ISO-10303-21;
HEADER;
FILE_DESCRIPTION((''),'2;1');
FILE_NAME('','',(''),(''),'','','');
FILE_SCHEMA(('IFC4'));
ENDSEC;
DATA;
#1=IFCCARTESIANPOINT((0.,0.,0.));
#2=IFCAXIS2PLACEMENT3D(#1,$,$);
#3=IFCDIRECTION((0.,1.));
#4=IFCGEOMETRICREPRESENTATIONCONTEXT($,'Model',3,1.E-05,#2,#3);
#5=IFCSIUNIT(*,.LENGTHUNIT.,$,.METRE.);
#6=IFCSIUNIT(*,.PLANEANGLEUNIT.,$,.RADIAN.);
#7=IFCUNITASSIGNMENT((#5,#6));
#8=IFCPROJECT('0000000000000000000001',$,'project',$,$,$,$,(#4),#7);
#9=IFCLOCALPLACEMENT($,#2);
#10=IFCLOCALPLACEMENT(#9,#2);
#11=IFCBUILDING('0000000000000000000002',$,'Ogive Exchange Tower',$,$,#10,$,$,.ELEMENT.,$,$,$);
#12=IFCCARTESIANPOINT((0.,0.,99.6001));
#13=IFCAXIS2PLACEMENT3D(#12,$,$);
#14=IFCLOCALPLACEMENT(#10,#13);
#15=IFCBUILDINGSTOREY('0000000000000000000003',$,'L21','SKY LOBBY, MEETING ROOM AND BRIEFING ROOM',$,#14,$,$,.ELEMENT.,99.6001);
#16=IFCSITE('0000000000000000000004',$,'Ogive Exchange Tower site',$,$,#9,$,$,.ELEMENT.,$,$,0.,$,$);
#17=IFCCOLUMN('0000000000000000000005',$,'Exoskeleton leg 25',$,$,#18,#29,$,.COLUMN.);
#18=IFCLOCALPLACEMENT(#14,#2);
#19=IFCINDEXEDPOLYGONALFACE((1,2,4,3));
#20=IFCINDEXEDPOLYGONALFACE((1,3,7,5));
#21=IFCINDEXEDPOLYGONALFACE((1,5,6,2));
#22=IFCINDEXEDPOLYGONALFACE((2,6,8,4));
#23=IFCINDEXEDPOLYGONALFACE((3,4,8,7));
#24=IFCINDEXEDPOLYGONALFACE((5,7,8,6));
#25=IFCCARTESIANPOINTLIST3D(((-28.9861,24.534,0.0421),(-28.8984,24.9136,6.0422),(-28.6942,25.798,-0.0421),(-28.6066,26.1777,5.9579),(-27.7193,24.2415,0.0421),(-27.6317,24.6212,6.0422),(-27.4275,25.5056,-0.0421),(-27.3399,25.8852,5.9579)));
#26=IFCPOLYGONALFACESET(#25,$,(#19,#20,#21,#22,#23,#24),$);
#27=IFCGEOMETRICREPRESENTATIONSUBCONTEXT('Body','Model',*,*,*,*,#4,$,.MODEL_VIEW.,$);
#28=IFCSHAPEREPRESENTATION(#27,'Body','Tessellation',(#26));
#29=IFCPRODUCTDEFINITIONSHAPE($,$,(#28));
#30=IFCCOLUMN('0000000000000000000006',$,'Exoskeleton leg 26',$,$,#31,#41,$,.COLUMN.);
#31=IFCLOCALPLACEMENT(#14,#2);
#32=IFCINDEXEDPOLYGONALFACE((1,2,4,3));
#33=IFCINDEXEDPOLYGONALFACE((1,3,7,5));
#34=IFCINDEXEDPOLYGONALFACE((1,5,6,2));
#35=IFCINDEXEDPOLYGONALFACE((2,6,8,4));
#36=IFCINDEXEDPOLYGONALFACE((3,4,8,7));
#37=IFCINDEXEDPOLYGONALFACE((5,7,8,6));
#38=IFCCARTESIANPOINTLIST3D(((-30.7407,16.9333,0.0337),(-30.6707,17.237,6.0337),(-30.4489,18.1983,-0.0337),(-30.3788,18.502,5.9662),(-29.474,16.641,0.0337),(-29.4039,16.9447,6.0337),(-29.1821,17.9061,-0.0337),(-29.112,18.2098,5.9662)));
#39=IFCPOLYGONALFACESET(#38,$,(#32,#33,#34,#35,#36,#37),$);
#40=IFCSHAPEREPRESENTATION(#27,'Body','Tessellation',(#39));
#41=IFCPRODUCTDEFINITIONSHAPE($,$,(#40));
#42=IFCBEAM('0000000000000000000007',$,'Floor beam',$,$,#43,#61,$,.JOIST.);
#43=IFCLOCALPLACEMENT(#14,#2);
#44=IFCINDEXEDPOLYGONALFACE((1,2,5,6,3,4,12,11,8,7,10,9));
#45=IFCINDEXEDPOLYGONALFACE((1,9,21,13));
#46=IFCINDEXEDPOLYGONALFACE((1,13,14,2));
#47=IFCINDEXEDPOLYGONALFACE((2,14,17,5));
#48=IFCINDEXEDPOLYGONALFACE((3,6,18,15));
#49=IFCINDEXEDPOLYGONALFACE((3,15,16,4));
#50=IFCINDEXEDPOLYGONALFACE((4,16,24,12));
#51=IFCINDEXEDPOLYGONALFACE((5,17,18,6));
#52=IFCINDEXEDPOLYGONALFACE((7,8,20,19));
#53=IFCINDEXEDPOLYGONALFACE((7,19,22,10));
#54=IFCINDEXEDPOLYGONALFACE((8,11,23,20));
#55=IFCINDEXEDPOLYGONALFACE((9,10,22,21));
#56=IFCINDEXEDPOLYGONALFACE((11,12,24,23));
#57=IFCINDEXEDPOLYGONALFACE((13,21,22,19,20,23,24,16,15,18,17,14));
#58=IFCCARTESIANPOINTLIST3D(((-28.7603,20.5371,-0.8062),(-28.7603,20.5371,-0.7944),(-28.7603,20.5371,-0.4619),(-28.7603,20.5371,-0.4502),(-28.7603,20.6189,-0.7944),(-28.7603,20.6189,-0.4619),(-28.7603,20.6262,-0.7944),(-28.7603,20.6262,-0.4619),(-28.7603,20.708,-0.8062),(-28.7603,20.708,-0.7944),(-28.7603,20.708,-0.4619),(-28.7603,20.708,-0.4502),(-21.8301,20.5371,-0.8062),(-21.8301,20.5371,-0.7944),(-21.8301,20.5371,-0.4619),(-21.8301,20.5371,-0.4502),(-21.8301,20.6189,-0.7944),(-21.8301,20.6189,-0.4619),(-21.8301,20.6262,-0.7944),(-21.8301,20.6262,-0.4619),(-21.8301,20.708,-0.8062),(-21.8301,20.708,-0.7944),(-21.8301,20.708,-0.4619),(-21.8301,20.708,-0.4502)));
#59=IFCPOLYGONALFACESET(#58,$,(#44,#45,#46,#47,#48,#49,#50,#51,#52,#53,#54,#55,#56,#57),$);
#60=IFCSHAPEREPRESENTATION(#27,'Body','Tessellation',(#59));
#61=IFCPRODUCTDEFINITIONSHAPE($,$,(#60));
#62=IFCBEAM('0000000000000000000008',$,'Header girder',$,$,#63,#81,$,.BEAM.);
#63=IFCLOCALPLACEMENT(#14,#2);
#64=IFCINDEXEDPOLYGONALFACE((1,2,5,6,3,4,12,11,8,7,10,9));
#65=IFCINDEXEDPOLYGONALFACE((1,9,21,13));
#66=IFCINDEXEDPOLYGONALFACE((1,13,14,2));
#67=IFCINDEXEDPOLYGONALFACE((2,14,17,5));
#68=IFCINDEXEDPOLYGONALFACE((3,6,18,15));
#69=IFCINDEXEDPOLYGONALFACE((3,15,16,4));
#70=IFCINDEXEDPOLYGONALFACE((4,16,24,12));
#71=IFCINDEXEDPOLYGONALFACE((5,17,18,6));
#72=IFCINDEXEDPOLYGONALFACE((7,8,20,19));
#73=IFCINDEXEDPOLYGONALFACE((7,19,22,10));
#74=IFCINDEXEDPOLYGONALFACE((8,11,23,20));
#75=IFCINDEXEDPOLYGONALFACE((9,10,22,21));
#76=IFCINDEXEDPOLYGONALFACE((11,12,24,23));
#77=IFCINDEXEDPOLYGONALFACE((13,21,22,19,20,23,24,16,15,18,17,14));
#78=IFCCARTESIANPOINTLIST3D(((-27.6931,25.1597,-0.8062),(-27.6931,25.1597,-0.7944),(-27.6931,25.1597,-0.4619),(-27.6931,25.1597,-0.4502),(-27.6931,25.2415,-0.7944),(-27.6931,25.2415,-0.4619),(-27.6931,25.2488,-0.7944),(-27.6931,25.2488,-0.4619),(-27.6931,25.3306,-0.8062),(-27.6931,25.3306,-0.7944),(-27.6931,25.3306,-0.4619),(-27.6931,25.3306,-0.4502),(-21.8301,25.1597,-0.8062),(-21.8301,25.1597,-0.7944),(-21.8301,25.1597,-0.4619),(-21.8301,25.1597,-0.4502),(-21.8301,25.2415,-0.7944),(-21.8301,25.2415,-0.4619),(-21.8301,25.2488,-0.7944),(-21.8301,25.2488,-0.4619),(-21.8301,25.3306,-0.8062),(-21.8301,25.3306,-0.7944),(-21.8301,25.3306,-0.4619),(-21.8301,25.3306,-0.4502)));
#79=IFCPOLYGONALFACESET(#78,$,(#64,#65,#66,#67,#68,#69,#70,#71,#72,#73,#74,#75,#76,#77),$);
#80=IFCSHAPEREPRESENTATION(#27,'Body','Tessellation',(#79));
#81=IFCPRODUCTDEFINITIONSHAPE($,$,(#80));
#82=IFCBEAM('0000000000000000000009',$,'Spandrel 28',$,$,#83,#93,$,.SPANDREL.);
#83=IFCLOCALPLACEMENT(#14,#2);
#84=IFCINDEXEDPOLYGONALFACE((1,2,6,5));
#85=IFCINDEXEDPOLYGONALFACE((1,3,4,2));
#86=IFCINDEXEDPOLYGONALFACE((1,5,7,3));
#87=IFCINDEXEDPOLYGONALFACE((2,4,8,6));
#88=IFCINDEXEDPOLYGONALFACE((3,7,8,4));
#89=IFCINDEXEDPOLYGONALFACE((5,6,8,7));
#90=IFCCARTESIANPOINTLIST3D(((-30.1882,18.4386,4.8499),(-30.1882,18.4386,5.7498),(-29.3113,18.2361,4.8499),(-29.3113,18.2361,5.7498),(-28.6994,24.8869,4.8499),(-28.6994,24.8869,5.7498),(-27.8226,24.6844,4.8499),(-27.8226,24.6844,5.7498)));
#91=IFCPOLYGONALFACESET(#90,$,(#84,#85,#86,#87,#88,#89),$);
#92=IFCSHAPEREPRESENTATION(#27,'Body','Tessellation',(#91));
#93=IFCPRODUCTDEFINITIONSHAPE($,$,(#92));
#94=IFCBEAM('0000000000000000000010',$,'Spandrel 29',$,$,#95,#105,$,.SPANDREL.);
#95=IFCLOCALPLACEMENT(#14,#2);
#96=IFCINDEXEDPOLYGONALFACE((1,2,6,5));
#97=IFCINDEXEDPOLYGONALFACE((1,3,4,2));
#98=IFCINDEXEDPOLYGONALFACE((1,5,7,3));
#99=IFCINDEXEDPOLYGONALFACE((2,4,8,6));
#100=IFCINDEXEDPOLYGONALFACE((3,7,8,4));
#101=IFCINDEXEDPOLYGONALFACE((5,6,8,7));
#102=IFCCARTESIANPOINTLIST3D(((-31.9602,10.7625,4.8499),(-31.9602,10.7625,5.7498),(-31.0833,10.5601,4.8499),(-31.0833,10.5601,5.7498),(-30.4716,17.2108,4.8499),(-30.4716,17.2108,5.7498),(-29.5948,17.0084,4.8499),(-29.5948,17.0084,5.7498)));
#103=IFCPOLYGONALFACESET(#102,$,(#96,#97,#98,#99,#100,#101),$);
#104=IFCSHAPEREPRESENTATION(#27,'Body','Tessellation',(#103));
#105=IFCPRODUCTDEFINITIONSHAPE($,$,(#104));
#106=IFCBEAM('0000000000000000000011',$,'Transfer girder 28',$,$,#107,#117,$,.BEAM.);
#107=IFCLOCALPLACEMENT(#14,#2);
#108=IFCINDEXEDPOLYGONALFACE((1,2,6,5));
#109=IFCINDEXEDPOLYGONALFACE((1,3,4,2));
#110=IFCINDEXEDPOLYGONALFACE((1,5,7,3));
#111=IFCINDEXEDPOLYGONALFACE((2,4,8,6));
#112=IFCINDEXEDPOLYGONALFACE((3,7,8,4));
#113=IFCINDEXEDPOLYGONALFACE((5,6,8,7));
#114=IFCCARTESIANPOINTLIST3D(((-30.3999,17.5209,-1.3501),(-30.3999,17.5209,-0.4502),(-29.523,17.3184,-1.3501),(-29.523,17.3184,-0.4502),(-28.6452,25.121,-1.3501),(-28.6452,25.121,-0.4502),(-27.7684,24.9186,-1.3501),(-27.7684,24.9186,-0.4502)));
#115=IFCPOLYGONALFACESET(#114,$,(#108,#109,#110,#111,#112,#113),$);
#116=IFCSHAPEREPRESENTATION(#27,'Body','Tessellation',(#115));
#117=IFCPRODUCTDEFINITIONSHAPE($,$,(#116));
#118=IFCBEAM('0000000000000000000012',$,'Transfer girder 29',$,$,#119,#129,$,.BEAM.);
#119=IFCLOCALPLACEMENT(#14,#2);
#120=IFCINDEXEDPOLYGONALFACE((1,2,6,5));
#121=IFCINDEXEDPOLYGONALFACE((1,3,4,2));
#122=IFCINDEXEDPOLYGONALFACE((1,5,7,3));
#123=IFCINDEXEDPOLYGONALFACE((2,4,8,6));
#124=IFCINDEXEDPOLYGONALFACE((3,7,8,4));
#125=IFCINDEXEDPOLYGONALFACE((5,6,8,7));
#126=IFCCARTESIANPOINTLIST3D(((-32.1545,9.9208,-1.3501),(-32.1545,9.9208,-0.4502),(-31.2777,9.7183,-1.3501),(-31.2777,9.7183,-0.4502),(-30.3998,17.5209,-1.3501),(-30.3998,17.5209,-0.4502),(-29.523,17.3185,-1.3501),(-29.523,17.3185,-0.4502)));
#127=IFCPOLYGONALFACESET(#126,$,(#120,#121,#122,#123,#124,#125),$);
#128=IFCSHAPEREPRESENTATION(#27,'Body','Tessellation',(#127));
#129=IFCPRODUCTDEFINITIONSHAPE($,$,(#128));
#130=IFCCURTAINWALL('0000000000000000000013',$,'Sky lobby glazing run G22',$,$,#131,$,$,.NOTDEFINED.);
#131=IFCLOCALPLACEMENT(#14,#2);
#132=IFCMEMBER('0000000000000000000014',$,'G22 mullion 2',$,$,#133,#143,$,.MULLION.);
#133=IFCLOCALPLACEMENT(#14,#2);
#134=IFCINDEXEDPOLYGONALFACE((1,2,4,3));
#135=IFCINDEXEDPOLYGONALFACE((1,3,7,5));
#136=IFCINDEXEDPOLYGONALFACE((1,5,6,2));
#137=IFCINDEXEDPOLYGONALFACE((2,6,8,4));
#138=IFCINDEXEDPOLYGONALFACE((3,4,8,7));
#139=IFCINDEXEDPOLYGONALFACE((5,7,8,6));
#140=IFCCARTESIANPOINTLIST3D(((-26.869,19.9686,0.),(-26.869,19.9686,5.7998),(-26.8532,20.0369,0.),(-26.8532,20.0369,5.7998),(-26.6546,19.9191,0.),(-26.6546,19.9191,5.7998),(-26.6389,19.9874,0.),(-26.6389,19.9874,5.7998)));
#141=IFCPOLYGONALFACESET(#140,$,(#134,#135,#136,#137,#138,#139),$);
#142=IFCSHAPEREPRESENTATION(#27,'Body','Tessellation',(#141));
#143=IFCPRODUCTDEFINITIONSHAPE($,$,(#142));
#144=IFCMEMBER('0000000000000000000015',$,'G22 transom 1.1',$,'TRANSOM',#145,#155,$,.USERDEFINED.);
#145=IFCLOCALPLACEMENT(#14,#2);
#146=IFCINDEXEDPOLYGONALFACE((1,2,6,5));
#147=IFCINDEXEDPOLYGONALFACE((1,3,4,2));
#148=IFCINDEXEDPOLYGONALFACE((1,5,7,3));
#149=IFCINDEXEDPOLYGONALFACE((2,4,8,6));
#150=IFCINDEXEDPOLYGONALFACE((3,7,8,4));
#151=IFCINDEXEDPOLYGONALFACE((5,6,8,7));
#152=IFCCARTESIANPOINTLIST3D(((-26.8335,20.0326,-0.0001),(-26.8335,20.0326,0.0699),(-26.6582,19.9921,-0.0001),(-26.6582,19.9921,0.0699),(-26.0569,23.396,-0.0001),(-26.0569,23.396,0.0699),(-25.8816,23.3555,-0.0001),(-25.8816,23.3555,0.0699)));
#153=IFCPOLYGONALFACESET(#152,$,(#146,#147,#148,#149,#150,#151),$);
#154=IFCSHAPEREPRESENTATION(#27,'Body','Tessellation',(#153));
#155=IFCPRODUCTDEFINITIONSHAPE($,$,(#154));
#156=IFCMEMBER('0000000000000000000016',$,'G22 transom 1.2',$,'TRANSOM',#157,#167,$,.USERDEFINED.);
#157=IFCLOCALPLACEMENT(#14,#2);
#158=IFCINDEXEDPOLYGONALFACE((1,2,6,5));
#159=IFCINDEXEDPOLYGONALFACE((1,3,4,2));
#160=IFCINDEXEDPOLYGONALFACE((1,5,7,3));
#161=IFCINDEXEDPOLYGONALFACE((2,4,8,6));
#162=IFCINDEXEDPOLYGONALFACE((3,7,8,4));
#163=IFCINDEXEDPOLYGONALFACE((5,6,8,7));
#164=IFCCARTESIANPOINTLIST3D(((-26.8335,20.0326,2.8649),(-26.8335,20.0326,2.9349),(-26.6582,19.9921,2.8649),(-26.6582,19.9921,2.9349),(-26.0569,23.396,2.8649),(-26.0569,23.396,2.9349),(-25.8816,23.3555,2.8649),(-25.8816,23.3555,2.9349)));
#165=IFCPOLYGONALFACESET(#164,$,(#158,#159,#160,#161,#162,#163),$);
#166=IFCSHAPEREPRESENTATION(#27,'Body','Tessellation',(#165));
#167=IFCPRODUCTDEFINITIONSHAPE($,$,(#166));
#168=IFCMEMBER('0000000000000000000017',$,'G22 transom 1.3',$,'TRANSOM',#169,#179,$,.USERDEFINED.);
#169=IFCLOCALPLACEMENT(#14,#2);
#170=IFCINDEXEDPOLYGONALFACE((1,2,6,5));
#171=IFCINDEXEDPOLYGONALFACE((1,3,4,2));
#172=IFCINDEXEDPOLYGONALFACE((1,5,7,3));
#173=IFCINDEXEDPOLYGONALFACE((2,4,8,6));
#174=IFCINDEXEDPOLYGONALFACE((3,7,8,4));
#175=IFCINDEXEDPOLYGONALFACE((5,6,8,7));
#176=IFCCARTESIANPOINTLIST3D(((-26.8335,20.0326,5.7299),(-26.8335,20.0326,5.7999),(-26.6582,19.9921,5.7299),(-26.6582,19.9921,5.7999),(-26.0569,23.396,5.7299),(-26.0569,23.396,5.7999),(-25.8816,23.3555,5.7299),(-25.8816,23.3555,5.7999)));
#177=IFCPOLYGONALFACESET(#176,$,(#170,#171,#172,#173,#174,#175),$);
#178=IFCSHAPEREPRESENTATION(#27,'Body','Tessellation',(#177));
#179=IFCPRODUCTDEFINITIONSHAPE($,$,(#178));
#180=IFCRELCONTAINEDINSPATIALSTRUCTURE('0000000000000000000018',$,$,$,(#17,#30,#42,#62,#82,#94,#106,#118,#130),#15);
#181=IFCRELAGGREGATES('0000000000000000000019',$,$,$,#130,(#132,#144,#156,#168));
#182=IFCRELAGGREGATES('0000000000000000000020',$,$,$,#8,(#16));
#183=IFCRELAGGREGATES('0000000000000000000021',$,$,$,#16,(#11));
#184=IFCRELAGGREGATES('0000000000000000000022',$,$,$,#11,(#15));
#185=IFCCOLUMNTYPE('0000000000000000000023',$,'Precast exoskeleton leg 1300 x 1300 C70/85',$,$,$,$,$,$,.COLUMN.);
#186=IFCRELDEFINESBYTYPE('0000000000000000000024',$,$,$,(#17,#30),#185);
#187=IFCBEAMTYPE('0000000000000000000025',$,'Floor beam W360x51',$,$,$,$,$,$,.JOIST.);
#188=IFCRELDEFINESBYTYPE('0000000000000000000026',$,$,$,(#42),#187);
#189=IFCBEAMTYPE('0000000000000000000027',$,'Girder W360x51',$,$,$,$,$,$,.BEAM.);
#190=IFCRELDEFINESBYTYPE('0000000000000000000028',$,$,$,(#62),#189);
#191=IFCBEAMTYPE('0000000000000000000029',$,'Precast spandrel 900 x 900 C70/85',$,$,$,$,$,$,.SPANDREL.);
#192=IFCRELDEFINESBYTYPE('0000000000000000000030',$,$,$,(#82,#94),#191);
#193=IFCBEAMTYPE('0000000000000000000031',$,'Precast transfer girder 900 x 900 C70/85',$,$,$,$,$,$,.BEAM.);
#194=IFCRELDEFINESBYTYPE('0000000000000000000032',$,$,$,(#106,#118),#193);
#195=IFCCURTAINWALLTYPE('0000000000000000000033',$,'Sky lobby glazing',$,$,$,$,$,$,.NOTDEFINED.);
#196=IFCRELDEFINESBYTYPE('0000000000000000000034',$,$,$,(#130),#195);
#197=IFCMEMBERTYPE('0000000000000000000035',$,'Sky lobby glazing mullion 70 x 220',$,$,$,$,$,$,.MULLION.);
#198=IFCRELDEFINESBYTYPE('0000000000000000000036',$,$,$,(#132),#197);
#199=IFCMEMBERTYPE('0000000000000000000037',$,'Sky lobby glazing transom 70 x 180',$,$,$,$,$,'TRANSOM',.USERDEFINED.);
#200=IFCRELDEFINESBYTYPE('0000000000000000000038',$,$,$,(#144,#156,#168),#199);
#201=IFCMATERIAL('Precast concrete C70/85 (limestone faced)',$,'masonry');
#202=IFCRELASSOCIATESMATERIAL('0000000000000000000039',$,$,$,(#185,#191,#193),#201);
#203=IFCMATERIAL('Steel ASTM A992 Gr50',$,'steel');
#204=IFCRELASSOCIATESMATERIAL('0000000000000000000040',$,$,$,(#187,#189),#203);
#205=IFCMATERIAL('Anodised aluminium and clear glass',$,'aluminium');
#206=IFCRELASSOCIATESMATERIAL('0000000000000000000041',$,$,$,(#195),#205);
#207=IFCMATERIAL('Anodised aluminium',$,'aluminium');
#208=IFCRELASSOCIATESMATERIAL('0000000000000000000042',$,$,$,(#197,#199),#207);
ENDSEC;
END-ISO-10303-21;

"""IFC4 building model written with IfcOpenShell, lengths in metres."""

from ifc_helpers import new_model, si_unit, direction, frame, origin, origin_2d, place, context, subcontext, project, spatial, rectangle, i_section, extrude, material, material_profile, profile_set, type_object, element, aggregate, save


model = new_model("IFC4")

# Units and contexts
model_context = context("Model", 3, precision=1e-05, world=origin(), true_north=direction((0.0, 1.0)))
body_context = subcontext(model_context, "Body", "Model", "MODEL_VIEW")
ifc_project = project(units=[si_unit("LENGTHUNIT", "METRE"), si_unit("PLANEANGLEUNIT", "RADIAN")], contexts=[model_context])

# Site, building, storey
site_placement = place(None, origin())
site = spatial("IfcSite", under=ifc_project, at=site_placement, Name="Ogive Exchange Tower site", CompositionType="ELEMENT", RefElevation=0.0)
building_placement = place(site_placement, origin())
building = spatial("IfcBuilding", under=site, at=building_placement, Name="Ogive Exchange Tower", CompositionType="ELEMENT")
storey_placement = place(building_placement, frame((0.0, 0.0, 99.6001)))
storey = spatial("IfcBuildingStorey", under=building, at=storey_placement, Name="L21", Description="SKY LOBBY, MEETING ROOM AND BRIEFING ROOM", CompositionType="ELEMENT", Elevation=99.6001)

# Columns
ifc_material_1 = material(Name="Precast concrete C70/85 (limestone faced)", Category="masonry")
ifc_material_profile_1 = material_profile(ifc_material_1, rectangle(XDim=1.3, YDim=1.3, at=origin_2d()), Name="1300 x 1300")
ifc_profile_set_1 = profile_set([ifc_material_profile_1], Name="Precast concrete C70/85 (limestone faced)")
column_type = type_object("IfcColumnType", Name="Precast exoskeleton leg 1300 x 1300 C70/85", PredefinedType="COLUMN", material=ifc_profile_set_1)
column_1_placement = place(storey_placement, frame((-28.2068, 25.0198, 0.0), z_axis=(0.014577, 0.06314, 0.997898), x_axis=(-0.97437, 0.224951, 0.0)))
element("IfcColumn", 1, at=column_1_placement, inside=storey, type_object=column_type, Name="Exoskeleton leg 25", PredefinedType="COLUMN", context=body_context, shape_type="SweptSolid", body=[
    extrude(rectangle(XDim=1.3, YDim=1.3, at=origin_2d()), origin(), (0.0, 0.0, 1.0), 6.0127),
])
column_2_placement = place(storey_placement, frame((-29.9614, 17.4197, 0.0), z_axis=(0.011662, 0.05055, 0.998653), x_axis=(-0.974404, 0.224802, 0.0)))
element("IfcColumn", 2, at=column_2_placement, inside=storey, type_object=column_type, Name="Exoskeleton leg 26", PredefinedType="COLUMN", context=body_context, shape_type="SweptSolid", body=[
    extrude(rectangle(XDim=1.3, YDim=1.3, at=origin_2d()), origin(), (0.0, 0.0, 1.0), 6.0081),
])

# Beams
ifc_material_2 = material(Name="Steel ASTM A992 Gr50", Category="steel")
ifc_material_profile_2 = material_profile(ifc_material_2, i_section(OverallWidth=0.1709, OverallDepth=0.356, WebThickness=0.0073, FlangeThickness=0.0117, at=origin_2d()), Name="W360x51")
ifc_profile_set_2 = profile_set([ifc_material_profile_2], Name="Steel ASTM A992 Gr50")
beam_type_1 = type_object("IfcBeamType", Name="Floor beam W360x51", PredefinedType="JOIST", material=ifc_profile_set_2)
beam_1_placement = place(storey_placement, frame((-28.7603, 20.6226, -0.6282), z_axis=(1.0, 0.0, 0.0), x_axis=(0.0, 1.0, 0.0)))
element("IfcBeam", 3, at=beam_1_placement, inside=storey, type_object=beam_type_1, Name="Floor beam", PredefinedType="JOIST", context=body_context, shape_type="SweptSolid", body=[
    extrude(i_section(OverallWidth=0.1709, OverallDepth=0.356, WebThickness=0.0073, FlangeThickness=0.0117, at=origin_2d()), origin(), (0.0, 0.0, 1.0), 6.9302),
])
ifc_material_profile_3 = material_profile(ifc_material_2, i_section(OverallWidth=0.1709, OverallDepth=0.356, WebThickness=0.0073, FlangeThickness=0.0117, at=origin_2d()), Name="W360x51")
ifc_profile_set_3 = profile_set([ifc_material_profile_3], Name="Steel ASTM A992 Gr50")
beam_type_2 = type_object("IfcBeamType", Name="Girder W360x51", PredefinedType="BEAM", material=ifc_profile_set_3)
beam_2_placement = place(storey_placement, frame((-27.6931, 25.2451, -0.6282), z_axis=(1.0, 0.0, 0.0), x_axis=(0.0, 1.0, 0.0)))
element("IfcBeam", 4, at=beam_2_placement, inside=storey, type_object=beam_type_2, Name="Header girder", PredefinedType="BEAM", context=body_context, shape_type="SweptSolid", body=[
    extrude(i_section(OverallWidth=0.1709, OverallDepth=0.356, WebThickness=0.0073, FlangeThickness=0.0117, at=origin_2d()), origin(), (0.0, 0.0, 1.0), 5.863),
])
ifc_material_profile_4 = material_profile(ifc_material_1, rectangle(XDim=0.8999, YDim=0.8999, at=origin_2d()), Name="900 x 900")
ifc_profile_set_4 = profile_set([ifc_material_profile_4], Name="Precast concrete C70/85 (limestone faced)")
beam_type_3 = type_object("IfcBeamType", Name="Precast spandrel 900 x 900 C70/85", PredefinedType="SPANDREL", material=ifc_profile_set_4)
for number, where, z_axis, x_axis, name in (
    (5, (-28.261, 24.7856, 5.2998), (-0.224962, -0.974368, 0.0), (0.974368, -0.224962, 0.0), "Spandrel 28"),
    (6, (-30.0332, 17.1096, 5.2998), (-0.224927, -0.974376, 0.0), (0.974376, -0.224927, 0.0), "Spandrel 29"),
):
    element("IfcBeam", number, at=place(storey_placement, frame(where, z_axis=z_axis, x_axis=x_axis)), inside=storey, type_object=beam_type_3, Name=name, PredefinedType="SPANDREL", context=body_context, shape_type="SweptSolid", body=[
        extrude(rectangle(XDim=0.8999, YDim=0.8999, at=origin_2d()), origin(), (0.0, 0.0, 1.0), 6.6179),
    ])
ifc_material_profile_5 = material_profile(ifc_material_1, rectangle(XDim=0.8999, YDim=0.8999, at=origin_2d()), Name="900 x 900")
ifc_profile_set_5 = profile_set([ifc_material_profile_5], Name="Precast concrete C70/85 (limestone faced)")
beam_type_4 = type_object("IfcBeamType", Name="Precast transfer girder 900 x 900 C70/85", PredefinedType="BEAM", material=ifc_profile_set_5)
for number, where, z_axis, x_axis, name in (
    (7, (-28.2068, 25.0198, -0.9001), (-0.224953, -0.97437, 0.0), (0.97437, -0.224953, 0.0), "Transfer girder 28"),
    (8, (-29.9614, 17.4197, -0.9001), (-0.224953, -0.97437, 0.0), (0.97437, -0.224953, 0.0), "Transfer girder 29"),
):
    element("IfcBeam", number, at=place(storey_placement, frame(where, z_axis=z_axis, x_axis=x_axis)), inside=storey, type_object=beam_type_4, Name=name, PredefinedType="BEAM", context=body_context, shape_type="SweptSolid", body=[
        extrude(rectangle(XDim=0.8999, YDim=0.8999, at=origin_2d()), origin(), (0.0, 0.0, 1.0), 7.8),
    ])

# Curtain wall, members
ifc_material_3 = material(Name="Anodised aluminium and clear glass", Category="aluminium")
curtain_wall_type = type_object("IfcCurtainWallType", Name="Sky lobby glazing", PredefinedType="NOTDEFINED", material=ifc_material_3)
curtain_wall_placement = place(storey_placement, origin())
curtain_wall = element("IfcCurtainWall", 9, at=curtain_wall_placement, inside=storey, type_object=curtain_wall_type, Name="Sky lobby glazing run G22", PredefinedType="NOTDEFINED")
ifc_material_4 = material(Name="Anodised aluminium", Category="aluminium")
ifc_material_profile_6 = material_profile(ifc_material_4, rectangle(XDim=0.22, YDim=0.0701, at=origin_2d()), Name="AL 70x220")
ifc_profile_set_6 = profile_set([ifc_material_profile_6], Name="Anodised aluminium")
member_type_1 = type_object("IfcMemberType", Name="Sky lobby glazing mullion 70 x 220", PredefinedType="MULLION", material=ifc_profile_set_6)
member_1_placement = place(storey_placement, frame((-26.7539, 19.978, 0.0), z_axis=(0.0, 0.0, 1.0), x_axis=(0.974369, -0.224954, 0.0)))
member_1 = element("IfcMember", 10, at=member_1_placement, type_object=member_type_1, Name="G22 mullion 2", PredefinedType="MULLION", context=body_context, shape_type="SweptSolid", body=[
    extrude(rectangle(XDim=0.22, YDim=0.0701, at=origin_2d()), origin(), (0.0, 0.0, 1.0), 5.7998),
])
ifc_material_profile_7 = material_profile(ifc_material_4, rectangle(XDim=0.1799, YDim=0.0701, at=origin_2d()), Name="AL 70x180")
ifc_profile_set_7 = profile_set([ifc_material_profile_7], Name="Anodised aluminium")
member_type_2 = type_object("IfcMemberType", Name="Sky lobby glazing transom 70 x 180", ElementType="TRANSOM", PredefinedType="USERDEFINED", material=ifc_profile_set_7)
member_2_placement = place(storey_placement, frame((-25.9692, 23.3757, 0.0349), z_axis=(-0.224973, -0.974365, 0.0), x_axis=(0.974365, -0.224973, 0.0)))
member_2 = element("IfcMember", 11, at=member_2_placement, type_object=member_type_2, Name="G22 transom 1.1", ObjectType="TRANSOM", PredefinedType="USERDEFINED", context=body_context, shape_type="SweptSolid", body=[
    extrude(rectangle(XDim=0.1799, YDim=0.0701, at=origin_2d()), origin(), (0.0, 0.0, 1.0), 3.4519),
])
member_3_placement = place(storey_placement, frame((-25.9692, 23.3757, 2.8999), z_axis=(-0.224973, -0.974365, 0.0), x_axis=(0.974365, -0.224973, 0.0)))
member_3 = element("IfcMember", 12, at=member_3_placement, type_object=member_type_2, Name="G22 transom 1.2", ObjectType="TRANSOM", PredefinedType="USERDEFINED", context=body_context, shape_type="SweptSolid", body=[
    extrude(rectangle(XDim=0.1799, YDim=0.0701, at=origin_2d()), origin(), (0.0, 0.0, 1.0), 3.4519),
])
member_4_placement = place(storey_placement, frame((-25.9692, 23.3757, 5.7649), z_axis=(-0.224973, -0.974365, 0.0), x_axis=(0.974365, -0.224973, 0.0)))
member_4 = element("IfcMember", 13, at=member_4_placement, type_object=member_type_2, Name="G22 transom 1.3", ObjectType="TRANSOM", PredefinedType="USERDEFINED", context=body_context, shape_type="SweptSolid", body=[
    extrude(rectangle(XDim=0.1799, YDim=0.0701, at=origin_2d()), origin(), (0.0, 0.0, 1.0), 3.4519),
])
aggregate(curtain_wall, [member_1, member_2, member_3, member_4])

save(model, "model.ifc")
